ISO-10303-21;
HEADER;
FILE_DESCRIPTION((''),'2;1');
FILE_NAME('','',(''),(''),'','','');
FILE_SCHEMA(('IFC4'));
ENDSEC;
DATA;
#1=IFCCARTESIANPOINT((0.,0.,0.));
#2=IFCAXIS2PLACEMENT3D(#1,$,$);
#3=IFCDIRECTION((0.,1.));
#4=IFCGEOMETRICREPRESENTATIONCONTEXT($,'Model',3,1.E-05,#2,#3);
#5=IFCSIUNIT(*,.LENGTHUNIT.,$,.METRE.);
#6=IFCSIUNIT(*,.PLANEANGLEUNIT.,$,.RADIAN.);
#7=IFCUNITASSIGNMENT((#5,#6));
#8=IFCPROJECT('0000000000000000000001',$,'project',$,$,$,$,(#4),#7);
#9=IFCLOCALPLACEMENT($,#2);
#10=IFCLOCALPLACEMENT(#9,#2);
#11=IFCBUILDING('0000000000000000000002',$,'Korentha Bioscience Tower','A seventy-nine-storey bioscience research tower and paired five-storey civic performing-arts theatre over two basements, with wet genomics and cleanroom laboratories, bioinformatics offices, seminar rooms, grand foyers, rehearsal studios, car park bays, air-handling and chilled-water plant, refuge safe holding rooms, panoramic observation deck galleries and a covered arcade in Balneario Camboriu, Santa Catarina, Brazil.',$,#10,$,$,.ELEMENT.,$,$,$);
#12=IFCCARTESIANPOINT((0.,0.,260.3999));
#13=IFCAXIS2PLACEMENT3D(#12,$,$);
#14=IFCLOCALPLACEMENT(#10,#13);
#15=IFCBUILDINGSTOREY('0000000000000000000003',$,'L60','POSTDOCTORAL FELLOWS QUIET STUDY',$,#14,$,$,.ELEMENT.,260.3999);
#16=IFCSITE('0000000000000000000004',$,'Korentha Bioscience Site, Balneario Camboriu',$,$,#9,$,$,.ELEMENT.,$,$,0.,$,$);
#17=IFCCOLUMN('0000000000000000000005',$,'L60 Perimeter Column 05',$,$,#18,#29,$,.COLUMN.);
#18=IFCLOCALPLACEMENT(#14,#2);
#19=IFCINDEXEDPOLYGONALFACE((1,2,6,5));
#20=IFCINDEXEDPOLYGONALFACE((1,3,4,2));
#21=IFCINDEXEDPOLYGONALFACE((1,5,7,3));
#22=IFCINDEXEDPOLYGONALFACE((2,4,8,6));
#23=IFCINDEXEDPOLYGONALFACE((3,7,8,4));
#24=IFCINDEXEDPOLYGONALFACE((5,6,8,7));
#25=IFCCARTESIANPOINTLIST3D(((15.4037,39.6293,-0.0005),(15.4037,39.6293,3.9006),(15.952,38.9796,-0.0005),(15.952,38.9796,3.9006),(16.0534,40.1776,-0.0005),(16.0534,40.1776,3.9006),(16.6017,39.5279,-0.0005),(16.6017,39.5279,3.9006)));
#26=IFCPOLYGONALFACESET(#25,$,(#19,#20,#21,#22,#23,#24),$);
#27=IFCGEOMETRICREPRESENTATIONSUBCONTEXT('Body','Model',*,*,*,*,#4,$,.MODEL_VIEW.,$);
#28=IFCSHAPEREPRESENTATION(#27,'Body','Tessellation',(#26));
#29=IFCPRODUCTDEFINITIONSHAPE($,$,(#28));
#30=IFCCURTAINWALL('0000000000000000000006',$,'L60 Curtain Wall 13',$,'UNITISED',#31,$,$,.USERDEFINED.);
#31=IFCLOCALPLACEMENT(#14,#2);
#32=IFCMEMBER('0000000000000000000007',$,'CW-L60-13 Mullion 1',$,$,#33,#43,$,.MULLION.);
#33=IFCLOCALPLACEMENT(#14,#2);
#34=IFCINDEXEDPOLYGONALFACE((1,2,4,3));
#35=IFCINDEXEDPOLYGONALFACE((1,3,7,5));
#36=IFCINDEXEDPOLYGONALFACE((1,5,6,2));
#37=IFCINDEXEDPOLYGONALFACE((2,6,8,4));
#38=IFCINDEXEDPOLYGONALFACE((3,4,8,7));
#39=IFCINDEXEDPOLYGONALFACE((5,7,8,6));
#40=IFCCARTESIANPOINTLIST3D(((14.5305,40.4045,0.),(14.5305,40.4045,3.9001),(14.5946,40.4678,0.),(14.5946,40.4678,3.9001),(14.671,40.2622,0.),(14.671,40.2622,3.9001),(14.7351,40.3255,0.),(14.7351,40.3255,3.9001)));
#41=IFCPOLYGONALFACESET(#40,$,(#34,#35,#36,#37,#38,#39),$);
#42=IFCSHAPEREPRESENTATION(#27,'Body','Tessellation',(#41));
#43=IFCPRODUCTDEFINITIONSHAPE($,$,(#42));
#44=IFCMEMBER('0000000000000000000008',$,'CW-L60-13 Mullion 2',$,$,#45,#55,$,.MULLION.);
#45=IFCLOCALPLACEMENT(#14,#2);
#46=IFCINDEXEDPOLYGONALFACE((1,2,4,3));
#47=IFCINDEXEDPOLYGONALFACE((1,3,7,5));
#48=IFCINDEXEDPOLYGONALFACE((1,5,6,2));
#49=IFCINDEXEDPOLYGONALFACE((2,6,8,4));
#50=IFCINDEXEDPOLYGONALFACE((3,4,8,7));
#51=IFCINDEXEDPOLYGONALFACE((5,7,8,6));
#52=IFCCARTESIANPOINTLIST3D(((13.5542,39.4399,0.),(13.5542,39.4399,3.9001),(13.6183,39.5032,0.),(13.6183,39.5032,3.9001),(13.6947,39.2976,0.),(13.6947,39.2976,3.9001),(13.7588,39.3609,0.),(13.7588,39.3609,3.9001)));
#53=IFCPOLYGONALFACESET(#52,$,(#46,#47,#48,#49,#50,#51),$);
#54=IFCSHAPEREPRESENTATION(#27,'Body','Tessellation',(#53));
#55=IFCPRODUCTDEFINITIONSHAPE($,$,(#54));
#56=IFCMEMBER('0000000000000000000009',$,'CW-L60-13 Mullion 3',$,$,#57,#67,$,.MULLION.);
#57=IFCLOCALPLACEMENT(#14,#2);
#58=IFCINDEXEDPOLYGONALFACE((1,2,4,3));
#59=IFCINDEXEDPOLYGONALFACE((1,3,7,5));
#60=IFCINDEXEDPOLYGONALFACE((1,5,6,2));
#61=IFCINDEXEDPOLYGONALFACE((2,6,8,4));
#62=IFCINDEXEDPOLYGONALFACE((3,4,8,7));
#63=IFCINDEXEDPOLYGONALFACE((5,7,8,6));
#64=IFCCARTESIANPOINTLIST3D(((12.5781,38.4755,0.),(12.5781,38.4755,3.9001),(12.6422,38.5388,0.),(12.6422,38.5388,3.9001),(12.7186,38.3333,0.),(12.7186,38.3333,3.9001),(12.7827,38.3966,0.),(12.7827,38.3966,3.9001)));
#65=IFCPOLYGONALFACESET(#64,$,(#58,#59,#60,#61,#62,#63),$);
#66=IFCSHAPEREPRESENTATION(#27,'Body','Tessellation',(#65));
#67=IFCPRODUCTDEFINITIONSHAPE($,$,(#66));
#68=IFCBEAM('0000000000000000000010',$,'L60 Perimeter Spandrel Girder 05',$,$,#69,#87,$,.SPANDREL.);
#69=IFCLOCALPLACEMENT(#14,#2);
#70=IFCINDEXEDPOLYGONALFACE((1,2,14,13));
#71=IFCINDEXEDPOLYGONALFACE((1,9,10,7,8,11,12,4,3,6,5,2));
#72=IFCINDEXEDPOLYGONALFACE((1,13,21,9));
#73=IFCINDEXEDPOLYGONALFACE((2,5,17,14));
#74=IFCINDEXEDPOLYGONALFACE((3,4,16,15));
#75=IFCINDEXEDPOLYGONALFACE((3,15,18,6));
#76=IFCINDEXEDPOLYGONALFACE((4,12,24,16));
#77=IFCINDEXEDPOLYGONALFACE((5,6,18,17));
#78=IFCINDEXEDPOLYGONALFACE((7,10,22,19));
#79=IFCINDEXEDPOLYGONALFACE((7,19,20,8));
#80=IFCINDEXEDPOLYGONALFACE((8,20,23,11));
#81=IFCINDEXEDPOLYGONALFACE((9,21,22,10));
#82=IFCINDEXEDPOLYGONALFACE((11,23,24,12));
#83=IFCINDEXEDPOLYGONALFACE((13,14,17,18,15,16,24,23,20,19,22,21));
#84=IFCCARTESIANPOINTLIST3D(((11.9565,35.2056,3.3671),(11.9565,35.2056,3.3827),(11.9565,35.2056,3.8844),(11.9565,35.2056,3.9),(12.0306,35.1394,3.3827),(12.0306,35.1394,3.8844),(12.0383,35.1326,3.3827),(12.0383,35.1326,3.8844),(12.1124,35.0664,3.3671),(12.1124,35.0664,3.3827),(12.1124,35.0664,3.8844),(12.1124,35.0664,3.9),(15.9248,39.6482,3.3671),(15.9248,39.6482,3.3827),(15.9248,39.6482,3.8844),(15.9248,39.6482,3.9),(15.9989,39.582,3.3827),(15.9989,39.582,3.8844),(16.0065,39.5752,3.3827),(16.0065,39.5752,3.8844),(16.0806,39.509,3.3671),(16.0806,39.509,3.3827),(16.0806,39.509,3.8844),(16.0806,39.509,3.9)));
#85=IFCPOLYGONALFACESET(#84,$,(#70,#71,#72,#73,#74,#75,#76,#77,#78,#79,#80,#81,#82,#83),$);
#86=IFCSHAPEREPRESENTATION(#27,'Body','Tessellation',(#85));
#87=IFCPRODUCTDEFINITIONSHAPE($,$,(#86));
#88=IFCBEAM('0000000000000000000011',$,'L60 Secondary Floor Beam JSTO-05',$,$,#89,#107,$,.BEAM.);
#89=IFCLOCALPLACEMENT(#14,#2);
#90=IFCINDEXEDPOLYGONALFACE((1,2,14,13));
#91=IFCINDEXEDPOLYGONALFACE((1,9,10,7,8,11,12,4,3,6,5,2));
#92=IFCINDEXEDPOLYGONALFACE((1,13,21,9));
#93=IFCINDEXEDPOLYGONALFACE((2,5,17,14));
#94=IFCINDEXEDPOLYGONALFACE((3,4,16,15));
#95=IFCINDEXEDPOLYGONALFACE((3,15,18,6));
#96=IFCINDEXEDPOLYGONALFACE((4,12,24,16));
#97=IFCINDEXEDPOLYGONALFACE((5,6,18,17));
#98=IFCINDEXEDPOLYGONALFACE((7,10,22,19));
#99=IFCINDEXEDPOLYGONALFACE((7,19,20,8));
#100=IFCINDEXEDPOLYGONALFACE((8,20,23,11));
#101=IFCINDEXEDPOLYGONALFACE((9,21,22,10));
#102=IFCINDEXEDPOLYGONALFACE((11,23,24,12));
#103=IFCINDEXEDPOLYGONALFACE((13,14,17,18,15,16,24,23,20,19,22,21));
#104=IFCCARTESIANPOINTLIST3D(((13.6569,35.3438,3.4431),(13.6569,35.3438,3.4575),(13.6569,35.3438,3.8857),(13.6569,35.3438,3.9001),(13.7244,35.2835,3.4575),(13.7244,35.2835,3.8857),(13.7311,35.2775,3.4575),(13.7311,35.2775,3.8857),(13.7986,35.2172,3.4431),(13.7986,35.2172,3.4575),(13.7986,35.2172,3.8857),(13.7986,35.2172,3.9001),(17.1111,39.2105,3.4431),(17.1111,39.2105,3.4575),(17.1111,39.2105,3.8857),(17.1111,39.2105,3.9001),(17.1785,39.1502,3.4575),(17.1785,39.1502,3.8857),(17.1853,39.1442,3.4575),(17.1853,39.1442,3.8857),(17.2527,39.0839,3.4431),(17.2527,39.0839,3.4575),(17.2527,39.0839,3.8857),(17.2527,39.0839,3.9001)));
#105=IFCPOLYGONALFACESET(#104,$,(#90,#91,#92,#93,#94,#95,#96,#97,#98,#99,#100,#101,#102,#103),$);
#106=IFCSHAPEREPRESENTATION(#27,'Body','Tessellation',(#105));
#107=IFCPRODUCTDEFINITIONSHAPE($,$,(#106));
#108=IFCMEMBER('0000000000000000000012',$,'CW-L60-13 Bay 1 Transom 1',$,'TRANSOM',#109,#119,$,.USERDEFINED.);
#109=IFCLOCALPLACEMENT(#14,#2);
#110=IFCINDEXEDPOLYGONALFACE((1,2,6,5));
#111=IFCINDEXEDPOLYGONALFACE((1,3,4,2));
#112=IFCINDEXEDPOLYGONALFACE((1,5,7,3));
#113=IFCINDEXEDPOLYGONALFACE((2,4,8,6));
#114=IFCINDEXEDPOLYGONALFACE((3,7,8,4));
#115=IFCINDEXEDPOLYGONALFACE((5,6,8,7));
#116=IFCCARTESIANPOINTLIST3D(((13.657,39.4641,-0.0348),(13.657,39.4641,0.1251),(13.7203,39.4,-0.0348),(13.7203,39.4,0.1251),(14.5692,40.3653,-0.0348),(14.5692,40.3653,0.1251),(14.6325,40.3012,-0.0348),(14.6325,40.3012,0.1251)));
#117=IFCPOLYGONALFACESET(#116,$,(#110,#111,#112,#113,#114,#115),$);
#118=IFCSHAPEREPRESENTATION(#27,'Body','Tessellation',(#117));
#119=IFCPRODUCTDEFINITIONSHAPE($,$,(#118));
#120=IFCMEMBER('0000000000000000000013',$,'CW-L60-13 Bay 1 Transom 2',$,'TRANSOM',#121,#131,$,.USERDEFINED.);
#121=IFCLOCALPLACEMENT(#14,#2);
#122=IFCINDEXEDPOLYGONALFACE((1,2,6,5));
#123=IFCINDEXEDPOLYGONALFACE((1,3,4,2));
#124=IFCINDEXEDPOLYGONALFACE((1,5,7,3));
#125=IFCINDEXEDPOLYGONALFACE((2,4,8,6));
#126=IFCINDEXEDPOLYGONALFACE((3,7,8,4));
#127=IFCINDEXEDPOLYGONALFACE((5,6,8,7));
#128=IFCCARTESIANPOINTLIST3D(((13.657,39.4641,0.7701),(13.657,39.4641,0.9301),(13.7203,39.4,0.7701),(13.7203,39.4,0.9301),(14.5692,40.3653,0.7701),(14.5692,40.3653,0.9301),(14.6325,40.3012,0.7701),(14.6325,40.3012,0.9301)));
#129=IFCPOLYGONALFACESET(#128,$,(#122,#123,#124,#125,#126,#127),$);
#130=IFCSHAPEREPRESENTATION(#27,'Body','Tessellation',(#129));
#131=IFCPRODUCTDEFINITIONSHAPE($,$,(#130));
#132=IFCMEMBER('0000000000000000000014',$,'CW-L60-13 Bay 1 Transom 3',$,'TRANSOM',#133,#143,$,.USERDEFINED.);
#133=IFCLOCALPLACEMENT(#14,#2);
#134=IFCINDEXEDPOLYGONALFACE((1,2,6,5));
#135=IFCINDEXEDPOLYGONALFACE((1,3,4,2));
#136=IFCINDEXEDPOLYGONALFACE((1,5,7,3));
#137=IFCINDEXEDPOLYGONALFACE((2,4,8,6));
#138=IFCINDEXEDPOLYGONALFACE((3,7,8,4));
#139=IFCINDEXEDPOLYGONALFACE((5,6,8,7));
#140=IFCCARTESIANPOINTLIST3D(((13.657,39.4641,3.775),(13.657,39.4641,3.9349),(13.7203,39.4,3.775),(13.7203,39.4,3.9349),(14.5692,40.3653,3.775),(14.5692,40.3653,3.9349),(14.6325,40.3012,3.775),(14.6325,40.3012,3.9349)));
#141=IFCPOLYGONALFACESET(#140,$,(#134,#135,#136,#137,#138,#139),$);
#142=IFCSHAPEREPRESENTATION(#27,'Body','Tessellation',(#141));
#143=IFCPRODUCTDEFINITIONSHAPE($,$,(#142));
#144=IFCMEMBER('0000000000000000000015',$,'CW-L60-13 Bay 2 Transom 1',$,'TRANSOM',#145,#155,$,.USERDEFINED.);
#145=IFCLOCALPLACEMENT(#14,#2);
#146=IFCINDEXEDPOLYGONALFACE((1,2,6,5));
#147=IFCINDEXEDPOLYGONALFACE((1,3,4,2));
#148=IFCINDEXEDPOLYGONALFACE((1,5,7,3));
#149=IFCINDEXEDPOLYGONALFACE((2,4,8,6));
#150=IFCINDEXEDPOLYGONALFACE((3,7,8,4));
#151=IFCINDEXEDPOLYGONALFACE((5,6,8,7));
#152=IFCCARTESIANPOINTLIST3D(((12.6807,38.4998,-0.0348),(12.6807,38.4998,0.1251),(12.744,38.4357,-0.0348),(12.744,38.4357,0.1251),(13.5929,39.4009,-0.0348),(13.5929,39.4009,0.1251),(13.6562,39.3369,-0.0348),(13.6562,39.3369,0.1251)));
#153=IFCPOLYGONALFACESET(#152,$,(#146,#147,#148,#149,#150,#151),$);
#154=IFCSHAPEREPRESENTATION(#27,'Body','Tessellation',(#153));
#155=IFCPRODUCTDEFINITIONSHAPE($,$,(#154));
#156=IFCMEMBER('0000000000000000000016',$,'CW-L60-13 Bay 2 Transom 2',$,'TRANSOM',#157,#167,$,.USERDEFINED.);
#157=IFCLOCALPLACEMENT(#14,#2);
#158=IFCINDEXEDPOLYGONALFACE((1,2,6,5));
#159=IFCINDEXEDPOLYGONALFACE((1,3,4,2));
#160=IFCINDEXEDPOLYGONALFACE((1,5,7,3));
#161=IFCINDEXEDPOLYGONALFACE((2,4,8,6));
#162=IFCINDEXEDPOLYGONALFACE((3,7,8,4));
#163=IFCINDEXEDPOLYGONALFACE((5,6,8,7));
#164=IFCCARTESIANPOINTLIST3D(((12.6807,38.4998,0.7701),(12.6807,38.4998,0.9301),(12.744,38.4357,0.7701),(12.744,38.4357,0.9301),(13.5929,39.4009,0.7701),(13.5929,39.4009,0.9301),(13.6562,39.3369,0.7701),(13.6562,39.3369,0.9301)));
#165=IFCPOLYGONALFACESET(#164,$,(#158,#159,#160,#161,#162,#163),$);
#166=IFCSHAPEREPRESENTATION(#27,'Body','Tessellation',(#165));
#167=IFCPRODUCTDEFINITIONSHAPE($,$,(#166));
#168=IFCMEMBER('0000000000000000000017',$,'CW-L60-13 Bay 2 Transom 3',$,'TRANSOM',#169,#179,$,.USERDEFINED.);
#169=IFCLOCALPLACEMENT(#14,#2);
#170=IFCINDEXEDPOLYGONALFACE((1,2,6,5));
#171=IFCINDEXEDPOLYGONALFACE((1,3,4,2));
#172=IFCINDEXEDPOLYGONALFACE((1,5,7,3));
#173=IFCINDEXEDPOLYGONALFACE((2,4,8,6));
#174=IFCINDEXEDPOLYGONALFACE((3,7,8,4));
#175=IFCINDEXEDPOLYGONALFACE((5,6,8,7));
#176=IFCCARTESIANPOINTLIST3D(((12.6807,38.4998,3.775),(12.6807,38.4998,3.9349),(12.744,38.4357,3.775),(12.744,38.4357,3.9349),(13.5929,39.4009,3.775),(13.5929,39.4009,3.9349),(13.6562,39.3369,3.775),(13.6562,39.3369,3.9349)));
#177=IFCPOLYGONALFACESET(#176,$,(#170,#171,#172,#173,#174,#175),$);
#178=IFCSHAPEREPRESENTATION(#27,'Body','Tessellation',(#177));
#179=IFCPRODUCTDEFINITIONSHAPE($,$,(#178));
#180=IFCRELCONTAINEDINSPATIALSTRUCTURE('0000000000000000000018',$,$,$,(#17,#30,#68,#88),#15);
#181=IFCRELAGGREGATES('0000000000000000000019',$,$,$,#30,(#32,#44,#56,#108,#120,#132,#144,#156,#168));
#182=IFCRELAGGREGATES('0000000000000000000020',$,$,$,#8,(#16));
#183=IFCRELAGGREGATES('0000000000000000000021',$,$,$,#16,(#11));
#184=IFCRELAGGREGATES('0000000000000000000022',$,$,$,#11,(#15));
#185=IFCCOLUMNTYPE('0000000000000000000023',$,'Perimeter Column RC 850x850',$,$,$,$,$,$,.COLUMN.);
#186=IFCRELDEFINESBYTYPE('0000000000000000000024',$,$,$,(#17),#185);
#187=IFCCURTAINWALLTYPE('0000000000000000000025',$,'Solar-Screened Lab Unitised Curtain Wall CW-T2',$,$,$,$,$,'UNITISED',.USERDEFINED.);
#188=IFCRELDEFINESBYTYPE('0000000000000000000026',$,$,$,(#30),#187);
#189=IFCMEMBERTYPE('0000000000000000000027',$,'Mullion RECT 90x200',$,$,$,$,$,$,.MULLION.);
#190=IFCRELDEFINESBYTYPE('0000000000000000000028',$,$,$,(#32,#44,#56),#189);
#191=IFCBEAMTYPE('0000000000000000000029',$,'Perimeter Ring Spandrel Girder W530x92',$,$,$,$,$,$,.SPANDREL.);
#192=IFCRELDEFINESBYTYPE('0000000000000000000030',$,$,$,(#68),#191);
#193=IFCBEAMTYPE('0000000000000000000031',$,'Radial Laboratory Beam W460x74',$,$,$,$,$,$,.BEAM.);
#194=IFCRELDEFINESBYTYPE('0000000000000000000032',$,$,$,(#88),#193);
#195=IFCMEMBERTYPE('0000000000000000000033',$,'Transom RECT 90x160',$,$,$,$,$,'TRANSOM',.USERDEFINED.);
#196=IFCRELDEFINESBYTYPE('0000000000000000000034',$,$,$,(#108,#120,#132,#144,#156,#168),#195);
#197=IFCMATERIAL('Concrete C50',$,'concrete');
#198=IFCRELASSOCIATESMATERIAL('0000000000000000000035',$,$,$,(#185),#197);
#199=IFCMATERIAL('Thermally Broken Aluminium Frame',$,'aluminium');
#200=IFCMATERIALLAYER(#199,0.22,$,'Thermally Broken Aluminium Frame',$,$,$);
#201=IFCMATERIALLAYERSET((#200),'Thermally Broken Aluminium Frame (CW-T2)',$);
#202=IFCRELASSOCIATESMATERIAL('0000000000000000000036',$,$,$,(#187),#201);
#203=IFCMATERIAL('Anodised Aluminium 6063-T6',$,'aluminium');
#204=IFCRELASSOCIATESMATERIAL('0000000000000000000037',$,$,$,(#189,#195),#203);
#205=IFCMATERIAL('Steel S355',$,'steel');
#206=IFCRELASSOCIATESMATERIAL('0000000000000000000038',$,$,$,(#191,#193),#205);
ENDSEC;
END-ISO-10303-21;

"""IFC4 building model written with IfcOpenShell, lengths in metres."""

from ifc_helpers import new_model, si_unit, direction, frame, origin, origin_2d, place, context, subcontext, project, spatial, rectangle, i_section, extrude, material, layer, layer_set, material_profile, profile_set, type_object, element, aggregate, save


model = new_model("IFC4")

# Units and contexts
model_context = context("Model", 3, precision=1e-05, world=origin(), true_north=direction((0.0, 1.0)))
body_context = subcontext(model_context, "Body", "Model", "MODEL_VIEW")
ifc_project = project(units=[si_unit("LENGTHUNIT", "METRE"), si_unit("PLANEANGLEUNIT", "RADIAN")], contexts=[model_context])

# Site, building, storey
site_placement = place(None, origin())
site = spatial("IfcSite", under=ifc_project, at=site_placement, Name="Korentha Bioscience Site, Balneario Camboriu", CompositionType="ELEMENT", RefElevation=0.0)
building_placement = place(site_placement, origin())
building = spatial("IfcBuilding", under=site, at=building_placement, Name="Korentha Bioscience Tower", Description="A seventy-nine-storey bioscience research tower and paired five-storey civic performing-arts theatre over two basements, with wet genomics and cleanroom laboratories, bioinformatics offices, seminar rooms, grand foyers, rehearsal studios, car park bays, air-handling and chilled-water plant, refuge safe holding rooms, panoramic observation deck galleries and a covered arcade in Balneario Camboriu, Santa Catarina, Brazil.", CompositionType="ELEMENT")
storey_placement = place(building_placement, frame((0.0, 0.0, 260.3999)))
storey = spatial("IfcBuildingStorey", under=building, at=storey_placement, Name="L60", Description="POSTDOCTORAL FELLOWS QUIET STUDY", CompositionType="ELEMENT", Elevation=260.3999)

# Column
ifc_material_1 = material(Name="Concrete C50", Category="concrete")
ifc_material_profile_1 = material_profile(ifc_material_1, rectangle(XDim=0.8501, YDim=0.8501, at=origin_2d()), Name="Concrete C50")
ifc_profile_set_1 = profile_set([ifc_material_profile_1], Name="Concrete C50 (COL-P08)")
column_type = type_object("IfcColumnType", Name="Perimeter Column RC 850x850", PredefinedType="COLUMN", material=ifc_profile_set_1)
column_placement = place(storey_placement, frame((16.0027, 39.5786, -0.0005), z_axis=(0.0, 0.0, 1.0), x_axis=(0.764246, 0.644924, 0.0)))
element("IfcColumn", 1, at=column_placement, inside=storey, type_object=column_type, Name="L60 Perimeter Column 05", PredefinedType="COLUMN", context=body_context, shape_type="SweptSolid", body=[
    extrude(rectangle(XDim=0.8501, YDim=0.8501, at=origin_2d()), origin(), (0.0, 0.0, 1.0), 3.9011),
])

# Curtain wall, members
ifc_material_2 = material(Name="Thermally Broken Aluminium Frame", Category="aluminium")
ifc_layer_1 = layer(ifc_material_2, 0.22, Name="Thermally Broken Aluminium Frame")
ifc_layer_set_1 = layer_set([ifc_layer_1], Name="Thermally Broken Aluminium Frame (CW-T2)")
curtain_wall_type = type_object("IfcCurtainWallType", Name="Solar-Screened Lab Unitised Curtain Wall CW-T2", ElementType="UNITISED", PredefinedType="USERDEFINED", material=ifc_layer_set_1)
curtain_wall_placement = place(storey_placement, origin())
curtain_wall = element("IfcCurtainWall", 2, at=curtain_wall_placement, inside=storey, type_object=curtain_wall_type, Name="L60 Curtain Wall 13", ObjectType="UNITISED", PredefinedType="USERDEFINED")
ifc_material_3 = material(Name="Anodised Aluminium 6063-T6", Category="aluminium")
ifc_material_profile_2 = material_profile(ifc_material_3, rectangle(XDim=0.0901, YDim=0.2, at=origin_2d()), Name="Anodised Aluminium 6063-T6")
ifc_profile_set_2 = profile_set([ifc_material_profile_2], Name="Anodised Aluminium 6063-T6 (CW-MUL)")
member_type_1 = type_object("IfcMemberType", Name="Mullion RECT 90x200", PredefinedType="MULLION", material=ifc_profile_set_2)
member_1_placement = place(storey_placement, frame((14.6328, 40.365, 0.0), z_axis=(0.0, 0.0, 1.0), x_axis=(-0.711398, -0.70279, 0.0)))
member_1 = element("IfcMember", 3, at=member_1_placement, type_object=member_type_1, Name="CW-L60-13 Mullion 1", PredefinedType="MULLION", context=body_context, shape_type="SweptSolid", body=[
    extrude(rectangle(XDim=0.0901, YDim=0.2, at=origin_2d()), origin(), (0.0, 0.0, 1.0), 3.9001),
])
member_2_placement = place(storey_placement, frame((13.6565, 39.4004, 0.0), z_axis=(0.0, 0.0, 1.0), x_axis=(-0.711398, -0.70279, 0.0)))
member_2 = element("IfcMember", 4, at=member_2_placement, type_object=member_type_1, Name="CW-L60-13 Mullion 2", PredefinedType="MULLION", context=body_context, shape_type="SweptSolid", body=[
    extrude(rectangle(XDim=0.0901, YDim=0.2, at=origin_2d()), origin(), (0.0, 0.0, 1.0), 3.9001),
])
member_3_placement = place(storey_placement, frame((12.6804, 38.436, 0.0), z_axis=(0.0, 0.0, 1.0), x_axis=(-0.711398, -0.70279, 0.0)))
member_3 = element("IfcMember", 5, at=member_3_placement, type_object=member_type_1, Name="CW-L60-13 Mullion 3", PredefinedType="MULLION", context=body_context, shape_type="SweptSolid", body=[
    extrude(rectangle(XDim=0.0901, YDim=0.2, at=origin_2d()), origin(), (0.0, 0.0, 1.0), 3.9001),
])

# Beams
ifc_material_4 = material(Name="Steel S355", Category="steel")
ifc_material_profile_3 = material_profile(ifc_material_4, i_section(OverallWidth=0.209, OverallDepth=0.533, WebThickness=0.0103, FlangeThickness=0.0156, at=origin_2d()), Name="Steel S355")
ifc_profile_set_3 = profile_set([ifc_material_profile_3], Name="Steel S355 (SB-530)")
beam_type_1 = type_object("IfcBeamType", Name="Perimeter Ring Spandrel Girder W530x92", PredefinedType="SPANDREL", material=ifc_profile_set_3)
beam_1_placement = place(storey_placement, frame((16.0027, 39.5786, 3.6335), z_axis=(-0.666168, -0.745802, 0.0), x_axis=(0.745802, -0.666168, 0.0)))
element("IfcBeam", 6, at=beam_1_placement, inside=storey, type_object=beam_type_1, Name="L60 Perimeter Spandrel Girder 05", PredefinedType="SPANDREL", context=body_context, shape_type="SweptSolid", body=[
    extrude(i_section(OverallWidth=0.209, OverallDepth=0.533, WebThickness=0.0103, FlangeThickness=0.0156, at=origin_2d()), origin(), (0.0, 0.0, 1.0), 5.9568),
])
ifc_material_profile_4 = material_profile(ifc_material_4, i_section(OverallWidth=0.1899, OverallDepth=0.457, WebThickness=0.009, FlangeThickness=0.0144, at=origin_2d()), Name="Steel S355")
ifc_profile_set_4 = profile_set([ifc_material_profile_4], Name="Steel S355 (RB-460)")
beam_type_2 = type_object("IfcBeamType", Name="Radial Laboratory Beam W460x74", PredefinedType="BEAM", material=ifc_profile_set_4)
beam_2_placement = place(storey_placement, frame((17.1819, 39.1472, 3.6716), z_axis=(-0.666197, -0.745776, 0.0), x_axis=(0.745776, -0.666197, 0.0)))
element("IfcBeam", 7, at=beam_2_placement, inside=storey, type_object=beam_type_2, Name="L60 Secondary Floor Beam JSTO-05", PredefinedType="BEAM", context=body_context, shape_type="SweptSolid", body=[
    extrude(i_section(OverallWidth=0.1899, OverallDepth=0.457, WebThickness=0.009, FlangeThickness=0.0144, at=origin_2d()), origin(), (0.0, 0.0, 1.0), 5.1848),
])

# Members
ifc_material_profile_5 = material_profile(ifc_material_3, rectangle(XDim=0.0901, YDim=0.1599, at=origin_2d()), Name="Anodised Aluminium 6063-T6")
ifc_profile_set_5 = profile_set([ifc_material_profile_5], Name="Anodised Aluminium 6063-T6 (CW-TRN)")
member_type_2 = type_object("IfcMemberType", Name="Transom RECT 90x160", ElementType="TRANSOM", PredefinedType="USERDEFINED", material=ifc_profile_set_5)
member_4_placement = place(storey_placement, frame((14.6008, 40.3333, 0.0452), z_axis=(-0.711378, -0.70281, 0.0), x_axis=(0.70281, -0.711378, 0.0)))
member_4 = element("IfcMember", 8, at=member_4_placement, type_object=member_type_2, Name="CW-L60-13 Bay 1 Transom 1", ObjectType="TRANSOM", PredefinedType="USERDEFINED", context=body_context, shape_type="SweptSolid", body=[
    extrude(rectangle(XDim=0.0901, YDim=0.1599, at=origin_2d()), origin(), (0.0, 0.0, 1.0), 1.2822),
])
member_5_placement = place(storey_placement, frame((14.6008, 40.3333, 0.8501), z_axis=(-0.711378, -0.70281, 0.0), x_axis=(0.70281, -0.711378, 0.0)))
member_5 = element("IfcMember", 9, at=member_5_placement, type_object=member_type_2, Name="CW-L60-13 Bay 1 Transom 2", ObjectType="TRANSOM", PredefinedType="USERDEFINED", context=body_context, shape_type="SweptSolid", body=[
    extrude(rectangle(XDim=0.0901, YDim=0.1599, at=origin_2d()), origin(), (0.0, 0.0, 1.0), 1.2822),
])
member_6_placement = place(storey_placement, frame((14.6008, 40.3333, 3.855), z_axis=(-0.711378, -0.70281, 0.0), x_axis=(0.70281, -0.711378, 0.0)))
member_6 = element("IfcMember", 10, at=member_6_placement, type_object=member_type_2, Name="CW-L60-13 Bay 1 Transom 3", ObjectType="TRANSOM", PredefinedType="USERDEFINED", context=body_context, shape_type="SweptSolid", body=[
    extrude(rectangle(XDim=0.0901, YDim=0.1599, at=origin_2d()), origin(), (0.0, 0.0, 1.0), 1.2822),
])
member_7_placement = place(storey_placement, frame((13.6245, 39.3689, 0.0452), z_axis=(-0.711378, -0.70281, 0.0), x_axis=(0.70281, -0.711378, 0.0)))
member_7 = element("IfcMember", 11, at=member_7_placement, type_object=member_type_2, Name="CW-L60-13 Bay 2 Transom 1", ObjectType="TRANSOM", PredefinedType="USERDEFINED", context=body_context, shape_type="SweptSolid", body=[
    extrude(rectangle(XDim=0.0901, YDim=0.1599, at=origin_2d()), origin(), (0.0, 0.0, 1.0), 1.2822),
])
member_8_placement = place(storey_placement, frame((13.6245, 39.3689, 0.8501), z_axis=(-0.711378, -0.70281, 0.0), x_axis=(0.70281, -0.711378, 0.0)))
member_8 = element("IfcMember", 12, at=member_8_placement, type_object=member_type_2, Name="CW-L60-13 Bay 2 Transom 2", ObjectType="TRANSOM", PredefinedType="USERDEFINED", context=body_context, shape_type="SweptSolid", body=[
    extrude(rectangle(XDim=0.0901, YDim=0.1599, at=origin_2d()), origin(), (0.0, 0.0, 1.0), 1.2822),
])
member_9_placement = place(storey_placement, frame((13.6245, 39.3689, 3.855), z_axis=(-0.711378, -0.70281, 0.0), x_axis=(0.70281, -0.711378, 0.0)))
member_9 = element("IfcMember", 13, at=member_9_placement, type_object=member_type_2, Name="CW-L60-13 Bay 2 Transom 3", ObjectType="TRANSOM", PredefinedType="USERDEFINED", context=body_context, shape_type="SweptSolid", body=[
    extrude(rectangle(XDim=0.0901, YDim=0.1599, at=origin_2d()), origin(), (0.0, 0.0, 1.0), 1.2822),
])

aggregate(curtain_wall, [member_1, member_2, member_3, member_4, member_5, member_6, member_7, member_8, member_9])

save(model, "model.ifc")
